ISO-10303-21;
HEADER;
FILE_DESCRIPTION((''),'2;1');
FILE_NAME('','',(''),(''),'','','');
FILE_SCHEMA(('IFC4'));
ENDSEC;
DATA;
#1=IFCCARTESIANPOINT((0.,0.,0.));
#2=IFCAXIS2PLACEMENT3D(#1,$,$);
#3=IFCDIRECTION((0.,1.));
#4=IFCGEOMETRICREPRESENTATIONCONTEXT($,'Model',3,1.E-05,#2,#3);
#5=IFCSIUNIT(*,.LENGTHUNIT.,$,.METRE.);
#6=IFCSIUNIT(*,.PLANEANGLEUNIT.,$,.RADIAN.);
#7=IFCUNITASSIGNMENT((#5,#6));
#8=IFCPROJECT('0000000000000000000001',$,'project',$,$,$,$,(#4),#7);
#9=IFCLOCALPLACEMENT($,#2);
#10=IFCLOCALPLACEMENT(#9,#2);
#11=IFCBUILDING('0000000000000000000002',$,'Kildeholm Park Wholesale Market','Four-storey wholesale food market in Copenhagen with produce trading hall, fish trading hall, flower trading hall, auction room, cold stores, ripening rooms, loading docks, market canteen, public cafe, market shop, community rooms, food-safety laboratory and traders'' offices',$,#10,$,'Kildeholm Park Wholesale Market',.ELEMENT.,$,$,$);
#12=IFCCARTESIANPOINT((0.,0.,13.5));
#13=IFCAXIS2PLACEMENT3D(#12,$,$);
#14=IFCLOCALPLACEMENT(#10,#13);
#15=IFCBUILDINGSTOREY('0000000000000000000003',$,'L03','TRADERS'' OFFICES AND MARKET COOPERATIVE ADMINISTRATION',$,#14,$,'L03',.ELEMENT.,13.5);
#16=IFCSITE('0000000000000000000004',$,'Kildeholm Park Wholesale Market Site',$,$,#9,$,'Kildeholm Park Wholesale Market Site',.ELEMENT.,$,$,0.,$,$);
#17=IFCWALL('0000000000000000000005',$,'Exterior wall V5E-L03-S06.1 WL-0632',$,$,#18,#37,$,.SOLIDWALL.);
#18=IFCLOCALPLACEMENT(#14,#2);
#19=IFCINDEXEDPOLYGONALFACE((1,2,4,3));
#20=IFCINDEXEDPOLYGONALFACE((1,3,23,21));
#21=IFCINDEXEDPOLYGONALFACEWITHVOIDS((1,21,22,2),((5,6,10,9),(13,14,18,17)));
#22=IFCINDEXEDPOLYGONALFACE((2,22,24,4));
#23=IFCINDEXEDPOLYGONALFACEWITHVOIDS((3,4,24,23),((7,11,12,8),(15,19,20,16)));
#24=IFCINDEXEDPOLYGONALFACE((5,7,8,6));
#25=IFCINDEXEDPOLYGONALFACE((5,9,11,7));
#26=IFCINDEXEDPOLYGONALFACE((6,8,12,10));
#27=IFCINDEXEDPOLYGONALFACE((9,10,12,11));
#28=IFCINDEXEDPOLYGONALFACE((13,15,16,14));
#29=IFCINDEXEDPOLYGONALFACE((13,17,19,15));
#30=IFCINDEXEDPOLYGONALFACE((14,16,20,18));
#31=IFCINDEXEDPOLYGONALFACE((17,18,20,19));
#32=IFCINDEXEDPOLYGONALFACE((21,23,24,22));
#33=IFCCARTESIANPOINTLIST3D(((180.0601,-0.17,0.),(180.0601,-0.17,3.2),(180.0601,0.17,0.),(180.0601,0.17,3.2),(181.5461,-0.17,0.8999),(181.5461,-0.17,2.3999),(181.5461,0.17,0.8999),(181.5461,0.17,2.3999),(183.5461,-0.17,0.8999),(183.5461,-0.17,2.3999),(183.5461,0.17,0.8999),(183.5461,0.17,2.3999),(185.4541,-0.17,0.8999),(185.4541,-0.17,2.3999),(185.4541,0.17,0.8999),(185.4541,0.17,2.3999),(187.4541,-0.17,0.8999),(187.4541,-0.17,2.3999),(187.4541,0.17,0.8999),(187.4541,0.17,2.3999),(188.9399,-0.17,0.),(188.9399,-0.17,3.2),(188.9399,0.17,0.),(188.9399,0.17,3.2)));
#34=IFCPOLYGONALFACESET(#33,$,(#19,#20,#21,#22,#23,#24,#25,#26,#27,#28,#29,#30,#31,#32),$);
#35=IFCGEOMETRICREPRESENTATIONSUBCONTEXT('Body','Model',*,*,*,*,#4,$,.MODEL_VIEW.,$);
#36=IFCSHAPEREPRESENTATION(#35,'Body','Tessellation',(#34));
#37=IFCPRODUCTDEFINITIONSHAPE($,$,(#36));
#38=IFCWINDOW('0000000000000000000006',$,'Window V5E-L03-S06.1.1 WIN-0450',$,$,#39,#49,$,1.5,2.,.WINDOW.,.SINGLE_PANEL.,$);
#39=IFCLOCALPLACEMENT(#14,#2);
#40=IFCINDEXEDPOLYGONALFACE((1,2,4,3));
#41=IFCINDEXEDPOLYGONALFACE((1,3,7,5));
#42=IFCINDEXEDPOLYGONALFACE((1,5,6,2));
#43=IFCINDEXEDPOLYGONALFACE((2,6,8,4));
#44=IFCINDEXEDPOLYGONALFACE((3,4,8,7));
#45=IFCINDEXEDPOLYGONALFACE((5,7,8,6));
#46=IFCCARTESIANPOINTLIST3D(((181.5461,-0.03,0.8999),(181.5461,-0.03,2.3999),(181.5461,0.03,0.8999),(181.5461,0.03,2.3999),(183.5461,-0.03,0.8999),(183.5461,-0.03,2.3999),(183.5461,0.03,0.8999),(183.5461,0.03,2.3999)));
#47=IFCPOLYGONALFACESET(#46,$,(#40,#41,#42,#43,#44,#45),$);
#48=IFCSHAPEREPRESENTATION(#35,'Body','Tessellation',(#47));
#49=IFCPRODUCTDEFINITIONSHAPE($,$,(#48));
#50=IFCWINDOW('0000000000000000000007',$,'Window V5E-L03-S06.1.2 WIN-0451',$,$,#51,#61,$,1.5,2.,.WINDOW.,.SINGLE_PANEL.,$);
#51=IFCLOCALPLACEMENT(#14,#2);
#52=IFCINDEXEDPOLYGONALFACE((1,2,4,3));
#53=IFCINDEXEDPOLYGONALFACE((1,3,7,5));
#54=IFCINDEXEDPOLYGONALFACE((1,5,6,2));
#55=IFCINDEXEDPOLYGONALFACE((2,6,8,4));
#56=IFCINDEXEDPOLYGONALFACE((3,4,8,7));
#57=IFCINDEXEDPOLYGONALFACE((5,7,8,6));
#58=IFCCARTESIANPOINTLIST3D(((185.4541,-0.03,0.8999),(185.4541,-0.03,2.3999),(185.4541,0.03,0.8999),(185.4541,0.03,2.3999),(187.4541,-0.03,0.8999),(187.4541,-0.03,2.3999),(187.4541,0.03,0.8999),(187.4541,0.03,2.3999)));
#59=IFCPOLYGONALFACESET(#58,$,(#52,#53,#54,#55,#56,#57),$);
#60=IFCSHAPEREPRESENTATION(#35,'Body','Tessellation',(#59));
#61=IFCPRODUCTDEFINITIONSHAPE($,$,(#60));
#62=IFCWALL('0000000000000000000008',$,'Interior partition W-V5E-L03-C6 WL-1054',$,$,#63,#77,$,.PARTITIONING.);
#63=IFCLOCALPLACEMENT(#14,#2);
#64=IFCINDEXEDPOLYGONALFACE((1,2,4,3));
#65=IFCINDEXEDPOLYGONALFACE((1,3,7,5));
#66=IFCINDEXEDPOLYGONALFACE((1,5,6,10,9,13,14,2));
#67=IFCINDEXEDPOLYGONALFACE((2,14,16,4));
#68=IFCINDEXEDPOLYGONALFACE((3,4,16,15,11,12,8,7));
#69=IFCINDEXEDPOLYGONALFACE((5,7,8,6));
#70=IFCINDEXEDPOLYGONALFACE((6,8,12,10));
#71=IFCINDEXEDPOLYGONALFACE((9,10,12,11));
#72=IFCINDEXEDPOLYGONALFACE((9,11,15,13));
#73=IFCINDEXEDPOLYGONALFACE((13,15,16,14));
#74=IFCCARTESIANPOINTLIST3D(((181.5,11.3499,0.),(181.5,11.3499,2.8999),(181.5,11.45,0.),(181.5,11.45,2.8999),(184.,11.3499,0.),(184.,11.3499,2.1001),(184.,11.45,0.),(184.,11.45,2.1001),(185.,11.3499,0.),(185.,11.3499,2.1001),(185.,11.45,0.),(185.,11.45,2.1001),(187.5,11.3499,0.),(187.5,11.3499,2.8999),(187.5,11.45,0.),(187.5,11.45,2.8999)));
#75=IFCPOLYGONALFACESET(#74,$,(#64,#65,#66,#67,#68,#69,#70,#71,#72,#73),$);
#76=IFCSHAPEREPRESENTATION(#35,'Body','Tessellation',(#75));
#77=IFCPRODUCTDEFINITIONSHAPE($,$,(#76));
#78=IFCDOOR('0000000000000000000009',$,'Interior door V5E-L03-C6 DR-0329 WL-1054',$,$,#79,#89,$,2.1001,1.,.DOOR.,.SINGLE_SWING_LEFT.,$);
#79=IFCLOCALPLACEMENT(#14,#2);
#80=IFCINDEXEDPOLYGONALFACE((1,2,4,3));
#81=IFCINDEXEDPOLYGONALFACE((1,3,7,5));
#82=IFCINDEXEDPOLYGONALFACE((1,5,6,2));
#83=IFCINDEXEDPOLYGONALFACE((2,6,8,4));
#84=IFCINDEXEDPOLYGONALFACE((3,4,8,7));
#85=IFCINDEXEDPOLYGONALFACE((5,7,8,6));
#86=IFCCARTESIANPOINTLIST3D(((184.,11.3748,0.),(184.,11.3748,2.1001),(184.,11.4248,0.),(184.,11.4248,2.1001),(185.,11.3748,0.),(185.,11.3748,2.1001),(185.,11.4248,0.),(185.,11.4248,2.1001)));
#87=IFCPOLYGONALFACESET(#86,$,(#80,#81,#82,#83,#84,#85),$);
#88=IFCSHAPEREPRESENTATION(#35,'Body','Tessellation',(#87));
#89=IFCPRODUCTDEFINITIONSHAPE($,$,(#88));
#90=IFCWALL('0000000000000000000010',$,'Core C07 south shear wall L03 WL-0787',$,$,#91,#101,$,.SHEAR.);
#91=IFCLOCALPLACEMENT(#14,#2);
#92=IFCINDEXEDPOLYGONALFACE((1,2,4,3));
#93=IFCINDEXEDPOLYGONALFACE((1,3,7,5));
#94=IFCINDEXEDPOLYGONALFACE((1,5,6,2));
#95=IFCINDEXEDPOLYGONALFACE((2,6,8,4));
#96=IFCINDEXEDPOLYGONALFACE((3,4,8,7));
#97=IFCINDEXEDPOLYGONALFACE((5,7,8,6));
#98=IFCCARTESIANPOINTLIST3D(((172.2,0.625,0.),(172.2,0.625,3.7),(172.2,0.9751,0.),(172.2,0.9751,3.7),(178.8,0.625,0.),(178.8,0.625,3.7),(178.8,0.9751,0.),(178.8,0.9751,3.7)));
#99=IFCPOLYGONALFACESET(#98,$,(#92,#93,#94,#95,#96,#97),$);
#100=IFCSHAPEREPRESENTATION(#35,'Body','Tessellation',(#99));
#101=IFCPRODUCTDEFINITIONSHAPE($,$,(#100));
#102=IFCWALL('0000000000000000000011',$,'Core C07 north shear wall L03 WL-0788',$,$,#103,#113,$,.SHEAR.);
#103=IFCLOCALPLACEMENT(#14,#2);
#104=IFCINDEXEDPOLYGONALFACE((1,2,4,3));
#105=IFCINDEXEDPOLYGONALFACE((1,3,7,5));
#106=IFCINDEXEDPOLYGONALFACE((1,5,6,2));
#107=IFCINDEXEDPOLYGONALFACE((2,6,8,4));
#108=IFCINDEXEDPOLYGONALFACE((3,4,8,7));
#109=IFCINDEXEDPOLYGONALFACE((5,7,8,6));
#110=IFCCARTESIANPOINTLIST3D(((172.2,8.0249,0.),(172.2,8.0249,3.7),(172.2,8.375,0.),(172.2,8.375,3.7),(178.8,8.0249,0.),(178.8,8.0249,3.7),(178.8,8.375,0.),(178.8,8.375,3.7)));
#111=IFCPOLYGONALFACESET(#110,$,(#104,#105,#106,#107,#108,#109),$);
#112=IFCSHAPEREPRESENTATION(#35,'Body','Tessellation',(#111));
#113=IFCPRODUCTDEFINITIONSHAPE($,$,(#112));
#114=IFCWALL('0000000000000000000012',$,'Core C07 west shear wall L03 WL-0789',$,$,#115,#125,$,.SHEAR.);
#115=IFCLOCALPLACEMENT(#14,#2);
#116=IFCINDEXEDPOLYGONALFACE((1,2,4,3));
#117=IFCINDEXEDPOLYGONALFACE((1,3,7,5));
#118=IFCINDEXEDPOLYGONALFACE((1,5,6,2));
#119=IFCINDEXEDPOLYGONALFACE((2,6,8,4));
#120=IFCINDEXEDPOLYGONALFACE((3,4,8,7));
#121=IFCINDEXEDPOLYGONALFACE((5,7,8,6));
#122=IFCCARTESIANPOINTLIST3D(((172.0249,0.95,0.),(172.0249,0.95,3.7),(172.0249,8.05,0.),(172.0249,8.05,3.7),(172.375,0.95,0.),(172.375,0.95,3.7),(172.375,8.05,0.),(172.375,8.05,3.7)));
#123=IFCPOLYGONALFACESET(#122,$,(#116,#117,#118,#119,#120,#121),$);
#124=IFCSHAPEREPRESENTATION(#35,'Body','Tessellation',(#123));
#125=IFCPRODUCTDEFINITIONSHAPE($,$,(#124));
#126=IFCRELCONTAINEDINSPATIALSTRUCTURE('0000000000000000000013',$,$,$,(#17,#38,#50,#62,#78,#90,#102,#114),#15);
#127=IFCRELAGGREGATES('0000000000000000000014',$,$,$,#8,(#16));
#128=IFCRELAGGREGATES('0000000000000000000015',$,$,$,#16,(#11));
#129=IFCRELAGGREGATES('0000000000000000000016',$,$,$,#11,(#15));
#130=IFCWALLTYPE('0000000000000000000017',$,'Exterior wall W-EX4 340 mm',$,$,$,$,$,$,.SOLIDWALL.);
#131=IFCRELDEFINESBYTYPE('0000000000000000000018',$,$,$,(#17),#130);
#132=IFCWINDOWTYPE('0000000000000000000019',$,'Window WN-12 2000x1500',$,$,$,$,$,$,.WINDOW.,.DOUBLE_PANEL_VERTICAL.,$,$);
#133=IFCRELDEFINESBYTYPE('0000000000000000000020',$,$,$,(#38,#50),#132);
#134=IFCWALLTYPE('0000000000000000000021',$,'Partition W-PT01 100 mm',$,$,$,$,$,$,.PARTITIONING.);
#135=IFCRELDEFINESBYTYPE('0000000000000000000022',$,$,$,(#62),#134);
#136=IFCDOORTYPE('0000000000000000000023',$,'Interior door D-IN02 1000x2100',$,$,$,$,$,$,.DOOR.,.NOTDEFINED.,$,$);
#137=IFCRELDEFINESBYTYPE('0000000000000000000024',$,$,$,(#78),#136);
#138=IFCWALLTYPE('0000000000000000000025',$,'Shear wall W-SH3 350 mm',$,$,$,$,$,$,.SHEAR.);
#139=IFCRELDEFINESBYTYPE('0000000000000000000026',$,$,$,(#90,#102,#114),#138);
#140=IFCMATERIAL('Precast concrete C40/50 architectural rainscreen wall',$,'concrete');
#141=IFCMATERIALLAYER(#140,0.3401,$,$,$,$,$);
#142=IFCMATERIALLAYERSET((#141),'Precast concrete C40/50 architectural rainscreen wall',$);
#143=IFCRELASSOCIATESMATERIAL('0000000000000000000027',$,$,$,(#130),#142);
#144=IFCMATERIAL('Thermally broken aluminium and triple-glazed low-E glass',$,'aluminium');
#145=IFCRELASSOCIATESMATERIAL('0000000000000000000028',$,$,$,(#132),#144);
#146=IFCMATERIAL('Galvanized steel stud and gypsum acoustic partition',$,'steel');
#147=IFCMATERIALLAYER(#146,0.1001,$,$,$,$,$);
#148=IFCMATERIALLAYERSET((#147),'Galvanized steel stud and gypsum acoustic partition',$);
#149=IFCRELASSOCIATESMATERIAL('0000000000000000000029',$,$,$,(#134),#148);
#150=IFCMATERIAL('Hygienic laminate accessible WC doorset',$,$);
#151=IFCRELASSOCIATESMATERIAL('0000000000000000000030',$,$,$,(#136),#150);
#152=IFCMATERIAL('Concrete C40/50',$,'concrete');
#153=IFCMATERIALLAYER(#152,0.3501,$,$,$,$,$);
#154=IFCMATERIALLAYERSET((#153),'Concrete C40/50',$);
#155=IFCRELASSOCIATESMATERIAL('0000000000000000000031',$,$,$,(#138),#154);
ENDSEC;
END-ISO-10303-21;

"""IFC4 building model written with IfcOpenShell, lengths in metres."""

from ifc_helpers import new_model, si_unit, direction, frame, frame_2d, origin, place, context, subcontext, project, spatial, rectangle, extrude, material, layer, layer_set, type_object, element, fill, save


model = new_model("IFC4")

# Units and contexts
model_context = context("Model", 3, precision=1e-05, world=origin(), true_north=direction((0.0, 1.0)))
body_context = subcontext(model_context, "Body", "Model", "MODEL_VIEW")
ifc_project = project(units=[si_unit("LENGTHUNIT", "METRE"), si_unit("PLANEANGLEUNIT", "RADIAN")], contexts=[model_context])

# Site, building, storey
site_placement = place(None, origin())
site = spatial("IfcSite", under=ifc_project, at=site_placement, Name="Kildeholm Park Wholesale Market Site", LongName="Kildeholm Park Wholesale Market Site", CompositionType="ELEMENT", RefElevation=0.0)
building_placement = place(site_placement, origin())
building = spatial("IfcBuilding", under=site, at=building_placement, Name="Kildeholm Park Wholesale Market", Description="Four-storey wholesale food market in Copenhagen with produce trading hall, fish trading hall, flower trading hall, auction room, cold stores, ripening rooms, loading docks, market canteen, public cafe, market shop, community rooms, food-safety laboratory and traders' offices", LongName="Kildeholm Park Wholesale Market", CompositionType="ELEMENT")
storey_placement = place(building_placement, frame((0.0, 0.0, 13.5)))
storey = spatial("IfcBuildingStorey", under=building, at=storey_placement, Name="L03", Description="TRADERS' OFFICES AND MARKET COOPERATIVE ADMINISTRATION", LongName="L03", CompositionType="ELEMENT", Elevation=13.5)

# Wall, openings, windows
ifc_material_1 = material(Name="Precast concrete C40/50 architectural rainscreen wall", Category="concrete")
ifc_layer_1 = layer(ifc_material_1, 0.3401)
ifc_layer_set_1 = layer_set([ifc_layer_1], Name="Precast concrete C40/50 architectural rainscreen wall")
wall_type_1 = type_object("IfcWallType", Name="Exterior wall W-EX4 340 mm", PredefinedType="SOLIDWALL", material=ifc_layer_set_1)
wall_1_placement = place(storey_placement, frame((180.0601, 0.0, 0.0), z_axis=(0.0, 0.0, 1.0), x_axis=(1.0, 0.0, 0.0)))
wall_1 = element("IfcWall", 1, at=wall_1_placement, inside=storey, type_object=wall_type_1, Name="Exterior wall V5E-L03-S06.1 WL-0632", PredefinedType="SOLIDWALL", context=body_context, shape_type="SweptSolid", body=[
    extrude(rectangle(XDim=8.8799, YDim=0.3401, at=frame_2d((4.4399, 0.0))), origin(), (0.0, 0.0, 1.0), 3.2),
])
opening_1_placement = place(wall_1_placement, frame((1.4861, 0.0, 0.8999)))
opening_1 = element("IfcOpeningElement", 2, at=opening_1_placement, cuts=wall_1, PredefinedType="OPENING", context=body_context, shape_type="SweptSolid", body=[
    extrude(rectangle(XDim=2.0, YDim=1.5, at=frame_2d((1.0, 0.75))), frame((0.0, 0.1799, 0.0), z_axis=(0.0, -1.0, 0.0), x_axis=(1.0, 0.0, 0.0)), (0.0, 0.0, 1.0), 0.3601),
])
opening_2_placement = place(wall_1_placement, frame((5.394, 0.0, 0.8999)))
opening_2 = element("IfcOpeningElement", 3, at=opening_2_placement, cuts=wall_1, PredefinedType="OPENING", context=body_context, shape_type="SweptSolid", body=[
    extrude(rectangle(XDim=2.0, YDim=1.5, at=frame_2d((1.0, 0.75))), frame((0.0, 0.1799, 0.0), z_axis=(0.0, -1.0, 0.0), x_axis=(1.0, 0.0, 0.0)), (0.0, 0.0, 1.0), 0.3601),
])
ifc_material_2 = material(Name="Thermally broken aluminium and triple-glazed low-E glass", Category="aluminium")
window_type = type_object("IfcWindowType", Name="Window WN-12 2000x1500", PartitioningType="DOUBLE_PANEL_VERTICAL", PredefinedType="WINDOW", material=ifc_material_2)
window_1_placement = place(opening_1_placement, origin())
window_1 = element("IfcWindow", 4, at=window_1_placement, inside=storey, type_object=window_type, Name="Window V5E-L03-S06.1.1 WIN-0450", OverallHeight=1.5, OverallWidth=2.0, PartitioningType="SINGLE_PANEL", PredefinedType="WINDOW", context=body_context, shape_type="SweptSolid", body=[
    extrude(rectangle(XDim=2.0, YDim=1.5, at=frame_2d((1.0, 0.75))), frame((0.0, 0.03, 0.0), z_axis=(0.0, -1.0, 0.0), x_axis=(1.0, 0.0, 0.0)), (0.0, 0.0, 1.0), 0.0601),
])
fill(opening_1, window_1)
window_2_placement = place(opening_2_placement, origin())
window_2 = element("IfcWindow", 5, at=window_2_placement, inside=storey, type_object=window_type, Name="Window V5E-L03-S06.1.2 WIN-0451", OverallHeight=1.5, OverallWidth=2.0, PartitioningType="SINGLE_PANEL", PredefinedType="WINDOW", context=body_context, shape_type="SweptSolid", body=[
    extrude(rectangle(XDim=2.0, YDim=1.5, at=frame_2d((1.0, 0.75))), frame((0.0, 0.03, 0.0), z_axis=(0.0, -1.0, 0.0), x_axis=(1.0, 0.0, 0.0)), (0.0, 0.0, 1.0), 0.0601),
])
fill(opening_2, window_2)

# Wall, opening, door
ifc_material_3 = material(Name="Galvanized steel stud and gypsum acoustic partition", Category="steel")
ifc_layer_2 = layer(ifc_material_3, 0.1001)
ifc_layer_set_2 = layer_set([ifc_layer_2], Name="Galvanized steel stud and gypsum acoustic partition")
wall_type_2 = type_object("IfcWallType", Name="Partition W-PT01 100 mm", PredefinedType="PARTITIONING", material=ifc_layer_set_2)
wall_2_placement = place(storey_placement, frame((181.5, 11.3999, 0.0), z_axis=(0.0, 0.0, 1.0), x_axis=(1.0, 0.0, 0.0)))
wall_2 = element("IfcWall", 6, at=wall_2_placement, inside=storey, type_object=wall_type_2, Name="Interior partition W-V5E-L03-C6 WL-1054", PredefinedType="PARTITIONING", context=body_context, shape_type="SweptSolid", body=[
    extrude(rectangle(XDim=6.0, YDim=0.1001, at=frame_2d((3.0, 0.0))), origin(), (0.0, 0.0, 1.0), 2.8999),
])
opening_3_placement = place(wall_2_placement, frame((2.5, 0.0, 0.0)))
opening_3 = element("IfcOpeningElement", 7, at=opening_3_placement, cuts=wall_2, PredefinedType="OPENING", context=body_context, shape_type="SweptSolid", body=[
    extrude(rectangle(XDim=1.0, YDim=2.1001, at=frame_2d((0.5, 1.05))), frame((0.0, 0.0601, 0.0), z_axis=(0.0, -1.0, 0.0), x_axis=(1.0, 0.0, 0.0)), (0.0, 0.0, 1.0), 0.1201),
])
ifc_material_4 = material(Name="Hygienic laminate accessible WC doorset")
door_type_1 = type_object("IfcDoorType", Name="Interior door D-IN02 1000x2100", OperationType="NOTDEFINED", PredefinedType="DOOR", material=ifc_material_4)
door_1_placement = place(opening_3_placement, origin())
door_1 = element("IfcDoor", 8, at=door_1_placement, inside=storey, type_object=door_type_1, Name="Interior door V5E-L03-C6 DR-0329 WL-1054", OperationType="SINGLE_SWING_LEFT", OverallHeight=2.1001, OverallWidth=1.0, PredefinedType="DOOR", context=body_context, shape_type="SweptSolid", body=[
    extrude(rectangle(XDim=1.0, YDim=2.1001, at=frame_2d((0.5, 1.05))), frame((0.0, 0.0249, 0.0), z_axis=(0.0, -1.0, 0.0), x_axis=(1.0, 0.0, 0.0)), (0.0, 0.0, 1.0), 0.05),
])
fill(opening_3, door_1)
ifc_material_5 = material(Name="Concrete C40/50", Category="concrete")

# Walls
ifc_layer_3 = layer(ifc_material_5, 0.3501)
ifc_layer_set_3 = layer_set([ifc_layer_3], Name="Concrete C40/50")
wall_type_3 = type_object("IfcWallType", Name="Shear wall W-SH3 350 mm", PredefinedType="SHEAR", material=ifc_layer_set_3)
for number, where, z_axis, x_axis, name in (
    (9, (172.2, 0.8, 0.0), (0.0, 0.0, 1.0), (1.0, 0.0, 0.0), "Core C07 south shear wall L03 WL-0787"),
    (10, (172.2, 8.2, 0.0), (0.0, 0.0, 1.0), (1.0, 0.0, 0.0), "Core C07 north shear wall L03 WL-0788"),
):
    element("IfcWall", number, at=place(storey_placement, frame(where, z_axis=z_axis, x_axis=x_axis)), inside=storey, type_object=wall_type_3, Name=name, PredefinedType="SHEAR", context=body_context, shape_type="SweptSolid", body=[
        extrude(rectangle(XDim=6.6001, YDim=0.3501, at=frame_2d((3.3, 0.0))), origin(), (0.0, 0.0, 1.0), 3.7),
    ])
wall_3_placement = place(storey_placement, frame((172.2, 0.95, 0.0), z_axis=(0.0, 0.0, 1.0), x_axis=(0.0, 1.0, 0.0)))
element("IfcWall", 11, at=wall_3_placement, inside=storey, type_object=wall_type_3, Name="Core C07 west shear wall L03 WL-0789", PredefinedType="SHEAR", context=body_context, shape_type="SweptSolid", body=[
    extrude(rectangle(XDim=7.1001, YDim=0.3501, at=frame_2d((3.55, 0.0))), origin(), (0.0, 0.0, 1.0), 3.7),
])

save(model, "model.ifc")
